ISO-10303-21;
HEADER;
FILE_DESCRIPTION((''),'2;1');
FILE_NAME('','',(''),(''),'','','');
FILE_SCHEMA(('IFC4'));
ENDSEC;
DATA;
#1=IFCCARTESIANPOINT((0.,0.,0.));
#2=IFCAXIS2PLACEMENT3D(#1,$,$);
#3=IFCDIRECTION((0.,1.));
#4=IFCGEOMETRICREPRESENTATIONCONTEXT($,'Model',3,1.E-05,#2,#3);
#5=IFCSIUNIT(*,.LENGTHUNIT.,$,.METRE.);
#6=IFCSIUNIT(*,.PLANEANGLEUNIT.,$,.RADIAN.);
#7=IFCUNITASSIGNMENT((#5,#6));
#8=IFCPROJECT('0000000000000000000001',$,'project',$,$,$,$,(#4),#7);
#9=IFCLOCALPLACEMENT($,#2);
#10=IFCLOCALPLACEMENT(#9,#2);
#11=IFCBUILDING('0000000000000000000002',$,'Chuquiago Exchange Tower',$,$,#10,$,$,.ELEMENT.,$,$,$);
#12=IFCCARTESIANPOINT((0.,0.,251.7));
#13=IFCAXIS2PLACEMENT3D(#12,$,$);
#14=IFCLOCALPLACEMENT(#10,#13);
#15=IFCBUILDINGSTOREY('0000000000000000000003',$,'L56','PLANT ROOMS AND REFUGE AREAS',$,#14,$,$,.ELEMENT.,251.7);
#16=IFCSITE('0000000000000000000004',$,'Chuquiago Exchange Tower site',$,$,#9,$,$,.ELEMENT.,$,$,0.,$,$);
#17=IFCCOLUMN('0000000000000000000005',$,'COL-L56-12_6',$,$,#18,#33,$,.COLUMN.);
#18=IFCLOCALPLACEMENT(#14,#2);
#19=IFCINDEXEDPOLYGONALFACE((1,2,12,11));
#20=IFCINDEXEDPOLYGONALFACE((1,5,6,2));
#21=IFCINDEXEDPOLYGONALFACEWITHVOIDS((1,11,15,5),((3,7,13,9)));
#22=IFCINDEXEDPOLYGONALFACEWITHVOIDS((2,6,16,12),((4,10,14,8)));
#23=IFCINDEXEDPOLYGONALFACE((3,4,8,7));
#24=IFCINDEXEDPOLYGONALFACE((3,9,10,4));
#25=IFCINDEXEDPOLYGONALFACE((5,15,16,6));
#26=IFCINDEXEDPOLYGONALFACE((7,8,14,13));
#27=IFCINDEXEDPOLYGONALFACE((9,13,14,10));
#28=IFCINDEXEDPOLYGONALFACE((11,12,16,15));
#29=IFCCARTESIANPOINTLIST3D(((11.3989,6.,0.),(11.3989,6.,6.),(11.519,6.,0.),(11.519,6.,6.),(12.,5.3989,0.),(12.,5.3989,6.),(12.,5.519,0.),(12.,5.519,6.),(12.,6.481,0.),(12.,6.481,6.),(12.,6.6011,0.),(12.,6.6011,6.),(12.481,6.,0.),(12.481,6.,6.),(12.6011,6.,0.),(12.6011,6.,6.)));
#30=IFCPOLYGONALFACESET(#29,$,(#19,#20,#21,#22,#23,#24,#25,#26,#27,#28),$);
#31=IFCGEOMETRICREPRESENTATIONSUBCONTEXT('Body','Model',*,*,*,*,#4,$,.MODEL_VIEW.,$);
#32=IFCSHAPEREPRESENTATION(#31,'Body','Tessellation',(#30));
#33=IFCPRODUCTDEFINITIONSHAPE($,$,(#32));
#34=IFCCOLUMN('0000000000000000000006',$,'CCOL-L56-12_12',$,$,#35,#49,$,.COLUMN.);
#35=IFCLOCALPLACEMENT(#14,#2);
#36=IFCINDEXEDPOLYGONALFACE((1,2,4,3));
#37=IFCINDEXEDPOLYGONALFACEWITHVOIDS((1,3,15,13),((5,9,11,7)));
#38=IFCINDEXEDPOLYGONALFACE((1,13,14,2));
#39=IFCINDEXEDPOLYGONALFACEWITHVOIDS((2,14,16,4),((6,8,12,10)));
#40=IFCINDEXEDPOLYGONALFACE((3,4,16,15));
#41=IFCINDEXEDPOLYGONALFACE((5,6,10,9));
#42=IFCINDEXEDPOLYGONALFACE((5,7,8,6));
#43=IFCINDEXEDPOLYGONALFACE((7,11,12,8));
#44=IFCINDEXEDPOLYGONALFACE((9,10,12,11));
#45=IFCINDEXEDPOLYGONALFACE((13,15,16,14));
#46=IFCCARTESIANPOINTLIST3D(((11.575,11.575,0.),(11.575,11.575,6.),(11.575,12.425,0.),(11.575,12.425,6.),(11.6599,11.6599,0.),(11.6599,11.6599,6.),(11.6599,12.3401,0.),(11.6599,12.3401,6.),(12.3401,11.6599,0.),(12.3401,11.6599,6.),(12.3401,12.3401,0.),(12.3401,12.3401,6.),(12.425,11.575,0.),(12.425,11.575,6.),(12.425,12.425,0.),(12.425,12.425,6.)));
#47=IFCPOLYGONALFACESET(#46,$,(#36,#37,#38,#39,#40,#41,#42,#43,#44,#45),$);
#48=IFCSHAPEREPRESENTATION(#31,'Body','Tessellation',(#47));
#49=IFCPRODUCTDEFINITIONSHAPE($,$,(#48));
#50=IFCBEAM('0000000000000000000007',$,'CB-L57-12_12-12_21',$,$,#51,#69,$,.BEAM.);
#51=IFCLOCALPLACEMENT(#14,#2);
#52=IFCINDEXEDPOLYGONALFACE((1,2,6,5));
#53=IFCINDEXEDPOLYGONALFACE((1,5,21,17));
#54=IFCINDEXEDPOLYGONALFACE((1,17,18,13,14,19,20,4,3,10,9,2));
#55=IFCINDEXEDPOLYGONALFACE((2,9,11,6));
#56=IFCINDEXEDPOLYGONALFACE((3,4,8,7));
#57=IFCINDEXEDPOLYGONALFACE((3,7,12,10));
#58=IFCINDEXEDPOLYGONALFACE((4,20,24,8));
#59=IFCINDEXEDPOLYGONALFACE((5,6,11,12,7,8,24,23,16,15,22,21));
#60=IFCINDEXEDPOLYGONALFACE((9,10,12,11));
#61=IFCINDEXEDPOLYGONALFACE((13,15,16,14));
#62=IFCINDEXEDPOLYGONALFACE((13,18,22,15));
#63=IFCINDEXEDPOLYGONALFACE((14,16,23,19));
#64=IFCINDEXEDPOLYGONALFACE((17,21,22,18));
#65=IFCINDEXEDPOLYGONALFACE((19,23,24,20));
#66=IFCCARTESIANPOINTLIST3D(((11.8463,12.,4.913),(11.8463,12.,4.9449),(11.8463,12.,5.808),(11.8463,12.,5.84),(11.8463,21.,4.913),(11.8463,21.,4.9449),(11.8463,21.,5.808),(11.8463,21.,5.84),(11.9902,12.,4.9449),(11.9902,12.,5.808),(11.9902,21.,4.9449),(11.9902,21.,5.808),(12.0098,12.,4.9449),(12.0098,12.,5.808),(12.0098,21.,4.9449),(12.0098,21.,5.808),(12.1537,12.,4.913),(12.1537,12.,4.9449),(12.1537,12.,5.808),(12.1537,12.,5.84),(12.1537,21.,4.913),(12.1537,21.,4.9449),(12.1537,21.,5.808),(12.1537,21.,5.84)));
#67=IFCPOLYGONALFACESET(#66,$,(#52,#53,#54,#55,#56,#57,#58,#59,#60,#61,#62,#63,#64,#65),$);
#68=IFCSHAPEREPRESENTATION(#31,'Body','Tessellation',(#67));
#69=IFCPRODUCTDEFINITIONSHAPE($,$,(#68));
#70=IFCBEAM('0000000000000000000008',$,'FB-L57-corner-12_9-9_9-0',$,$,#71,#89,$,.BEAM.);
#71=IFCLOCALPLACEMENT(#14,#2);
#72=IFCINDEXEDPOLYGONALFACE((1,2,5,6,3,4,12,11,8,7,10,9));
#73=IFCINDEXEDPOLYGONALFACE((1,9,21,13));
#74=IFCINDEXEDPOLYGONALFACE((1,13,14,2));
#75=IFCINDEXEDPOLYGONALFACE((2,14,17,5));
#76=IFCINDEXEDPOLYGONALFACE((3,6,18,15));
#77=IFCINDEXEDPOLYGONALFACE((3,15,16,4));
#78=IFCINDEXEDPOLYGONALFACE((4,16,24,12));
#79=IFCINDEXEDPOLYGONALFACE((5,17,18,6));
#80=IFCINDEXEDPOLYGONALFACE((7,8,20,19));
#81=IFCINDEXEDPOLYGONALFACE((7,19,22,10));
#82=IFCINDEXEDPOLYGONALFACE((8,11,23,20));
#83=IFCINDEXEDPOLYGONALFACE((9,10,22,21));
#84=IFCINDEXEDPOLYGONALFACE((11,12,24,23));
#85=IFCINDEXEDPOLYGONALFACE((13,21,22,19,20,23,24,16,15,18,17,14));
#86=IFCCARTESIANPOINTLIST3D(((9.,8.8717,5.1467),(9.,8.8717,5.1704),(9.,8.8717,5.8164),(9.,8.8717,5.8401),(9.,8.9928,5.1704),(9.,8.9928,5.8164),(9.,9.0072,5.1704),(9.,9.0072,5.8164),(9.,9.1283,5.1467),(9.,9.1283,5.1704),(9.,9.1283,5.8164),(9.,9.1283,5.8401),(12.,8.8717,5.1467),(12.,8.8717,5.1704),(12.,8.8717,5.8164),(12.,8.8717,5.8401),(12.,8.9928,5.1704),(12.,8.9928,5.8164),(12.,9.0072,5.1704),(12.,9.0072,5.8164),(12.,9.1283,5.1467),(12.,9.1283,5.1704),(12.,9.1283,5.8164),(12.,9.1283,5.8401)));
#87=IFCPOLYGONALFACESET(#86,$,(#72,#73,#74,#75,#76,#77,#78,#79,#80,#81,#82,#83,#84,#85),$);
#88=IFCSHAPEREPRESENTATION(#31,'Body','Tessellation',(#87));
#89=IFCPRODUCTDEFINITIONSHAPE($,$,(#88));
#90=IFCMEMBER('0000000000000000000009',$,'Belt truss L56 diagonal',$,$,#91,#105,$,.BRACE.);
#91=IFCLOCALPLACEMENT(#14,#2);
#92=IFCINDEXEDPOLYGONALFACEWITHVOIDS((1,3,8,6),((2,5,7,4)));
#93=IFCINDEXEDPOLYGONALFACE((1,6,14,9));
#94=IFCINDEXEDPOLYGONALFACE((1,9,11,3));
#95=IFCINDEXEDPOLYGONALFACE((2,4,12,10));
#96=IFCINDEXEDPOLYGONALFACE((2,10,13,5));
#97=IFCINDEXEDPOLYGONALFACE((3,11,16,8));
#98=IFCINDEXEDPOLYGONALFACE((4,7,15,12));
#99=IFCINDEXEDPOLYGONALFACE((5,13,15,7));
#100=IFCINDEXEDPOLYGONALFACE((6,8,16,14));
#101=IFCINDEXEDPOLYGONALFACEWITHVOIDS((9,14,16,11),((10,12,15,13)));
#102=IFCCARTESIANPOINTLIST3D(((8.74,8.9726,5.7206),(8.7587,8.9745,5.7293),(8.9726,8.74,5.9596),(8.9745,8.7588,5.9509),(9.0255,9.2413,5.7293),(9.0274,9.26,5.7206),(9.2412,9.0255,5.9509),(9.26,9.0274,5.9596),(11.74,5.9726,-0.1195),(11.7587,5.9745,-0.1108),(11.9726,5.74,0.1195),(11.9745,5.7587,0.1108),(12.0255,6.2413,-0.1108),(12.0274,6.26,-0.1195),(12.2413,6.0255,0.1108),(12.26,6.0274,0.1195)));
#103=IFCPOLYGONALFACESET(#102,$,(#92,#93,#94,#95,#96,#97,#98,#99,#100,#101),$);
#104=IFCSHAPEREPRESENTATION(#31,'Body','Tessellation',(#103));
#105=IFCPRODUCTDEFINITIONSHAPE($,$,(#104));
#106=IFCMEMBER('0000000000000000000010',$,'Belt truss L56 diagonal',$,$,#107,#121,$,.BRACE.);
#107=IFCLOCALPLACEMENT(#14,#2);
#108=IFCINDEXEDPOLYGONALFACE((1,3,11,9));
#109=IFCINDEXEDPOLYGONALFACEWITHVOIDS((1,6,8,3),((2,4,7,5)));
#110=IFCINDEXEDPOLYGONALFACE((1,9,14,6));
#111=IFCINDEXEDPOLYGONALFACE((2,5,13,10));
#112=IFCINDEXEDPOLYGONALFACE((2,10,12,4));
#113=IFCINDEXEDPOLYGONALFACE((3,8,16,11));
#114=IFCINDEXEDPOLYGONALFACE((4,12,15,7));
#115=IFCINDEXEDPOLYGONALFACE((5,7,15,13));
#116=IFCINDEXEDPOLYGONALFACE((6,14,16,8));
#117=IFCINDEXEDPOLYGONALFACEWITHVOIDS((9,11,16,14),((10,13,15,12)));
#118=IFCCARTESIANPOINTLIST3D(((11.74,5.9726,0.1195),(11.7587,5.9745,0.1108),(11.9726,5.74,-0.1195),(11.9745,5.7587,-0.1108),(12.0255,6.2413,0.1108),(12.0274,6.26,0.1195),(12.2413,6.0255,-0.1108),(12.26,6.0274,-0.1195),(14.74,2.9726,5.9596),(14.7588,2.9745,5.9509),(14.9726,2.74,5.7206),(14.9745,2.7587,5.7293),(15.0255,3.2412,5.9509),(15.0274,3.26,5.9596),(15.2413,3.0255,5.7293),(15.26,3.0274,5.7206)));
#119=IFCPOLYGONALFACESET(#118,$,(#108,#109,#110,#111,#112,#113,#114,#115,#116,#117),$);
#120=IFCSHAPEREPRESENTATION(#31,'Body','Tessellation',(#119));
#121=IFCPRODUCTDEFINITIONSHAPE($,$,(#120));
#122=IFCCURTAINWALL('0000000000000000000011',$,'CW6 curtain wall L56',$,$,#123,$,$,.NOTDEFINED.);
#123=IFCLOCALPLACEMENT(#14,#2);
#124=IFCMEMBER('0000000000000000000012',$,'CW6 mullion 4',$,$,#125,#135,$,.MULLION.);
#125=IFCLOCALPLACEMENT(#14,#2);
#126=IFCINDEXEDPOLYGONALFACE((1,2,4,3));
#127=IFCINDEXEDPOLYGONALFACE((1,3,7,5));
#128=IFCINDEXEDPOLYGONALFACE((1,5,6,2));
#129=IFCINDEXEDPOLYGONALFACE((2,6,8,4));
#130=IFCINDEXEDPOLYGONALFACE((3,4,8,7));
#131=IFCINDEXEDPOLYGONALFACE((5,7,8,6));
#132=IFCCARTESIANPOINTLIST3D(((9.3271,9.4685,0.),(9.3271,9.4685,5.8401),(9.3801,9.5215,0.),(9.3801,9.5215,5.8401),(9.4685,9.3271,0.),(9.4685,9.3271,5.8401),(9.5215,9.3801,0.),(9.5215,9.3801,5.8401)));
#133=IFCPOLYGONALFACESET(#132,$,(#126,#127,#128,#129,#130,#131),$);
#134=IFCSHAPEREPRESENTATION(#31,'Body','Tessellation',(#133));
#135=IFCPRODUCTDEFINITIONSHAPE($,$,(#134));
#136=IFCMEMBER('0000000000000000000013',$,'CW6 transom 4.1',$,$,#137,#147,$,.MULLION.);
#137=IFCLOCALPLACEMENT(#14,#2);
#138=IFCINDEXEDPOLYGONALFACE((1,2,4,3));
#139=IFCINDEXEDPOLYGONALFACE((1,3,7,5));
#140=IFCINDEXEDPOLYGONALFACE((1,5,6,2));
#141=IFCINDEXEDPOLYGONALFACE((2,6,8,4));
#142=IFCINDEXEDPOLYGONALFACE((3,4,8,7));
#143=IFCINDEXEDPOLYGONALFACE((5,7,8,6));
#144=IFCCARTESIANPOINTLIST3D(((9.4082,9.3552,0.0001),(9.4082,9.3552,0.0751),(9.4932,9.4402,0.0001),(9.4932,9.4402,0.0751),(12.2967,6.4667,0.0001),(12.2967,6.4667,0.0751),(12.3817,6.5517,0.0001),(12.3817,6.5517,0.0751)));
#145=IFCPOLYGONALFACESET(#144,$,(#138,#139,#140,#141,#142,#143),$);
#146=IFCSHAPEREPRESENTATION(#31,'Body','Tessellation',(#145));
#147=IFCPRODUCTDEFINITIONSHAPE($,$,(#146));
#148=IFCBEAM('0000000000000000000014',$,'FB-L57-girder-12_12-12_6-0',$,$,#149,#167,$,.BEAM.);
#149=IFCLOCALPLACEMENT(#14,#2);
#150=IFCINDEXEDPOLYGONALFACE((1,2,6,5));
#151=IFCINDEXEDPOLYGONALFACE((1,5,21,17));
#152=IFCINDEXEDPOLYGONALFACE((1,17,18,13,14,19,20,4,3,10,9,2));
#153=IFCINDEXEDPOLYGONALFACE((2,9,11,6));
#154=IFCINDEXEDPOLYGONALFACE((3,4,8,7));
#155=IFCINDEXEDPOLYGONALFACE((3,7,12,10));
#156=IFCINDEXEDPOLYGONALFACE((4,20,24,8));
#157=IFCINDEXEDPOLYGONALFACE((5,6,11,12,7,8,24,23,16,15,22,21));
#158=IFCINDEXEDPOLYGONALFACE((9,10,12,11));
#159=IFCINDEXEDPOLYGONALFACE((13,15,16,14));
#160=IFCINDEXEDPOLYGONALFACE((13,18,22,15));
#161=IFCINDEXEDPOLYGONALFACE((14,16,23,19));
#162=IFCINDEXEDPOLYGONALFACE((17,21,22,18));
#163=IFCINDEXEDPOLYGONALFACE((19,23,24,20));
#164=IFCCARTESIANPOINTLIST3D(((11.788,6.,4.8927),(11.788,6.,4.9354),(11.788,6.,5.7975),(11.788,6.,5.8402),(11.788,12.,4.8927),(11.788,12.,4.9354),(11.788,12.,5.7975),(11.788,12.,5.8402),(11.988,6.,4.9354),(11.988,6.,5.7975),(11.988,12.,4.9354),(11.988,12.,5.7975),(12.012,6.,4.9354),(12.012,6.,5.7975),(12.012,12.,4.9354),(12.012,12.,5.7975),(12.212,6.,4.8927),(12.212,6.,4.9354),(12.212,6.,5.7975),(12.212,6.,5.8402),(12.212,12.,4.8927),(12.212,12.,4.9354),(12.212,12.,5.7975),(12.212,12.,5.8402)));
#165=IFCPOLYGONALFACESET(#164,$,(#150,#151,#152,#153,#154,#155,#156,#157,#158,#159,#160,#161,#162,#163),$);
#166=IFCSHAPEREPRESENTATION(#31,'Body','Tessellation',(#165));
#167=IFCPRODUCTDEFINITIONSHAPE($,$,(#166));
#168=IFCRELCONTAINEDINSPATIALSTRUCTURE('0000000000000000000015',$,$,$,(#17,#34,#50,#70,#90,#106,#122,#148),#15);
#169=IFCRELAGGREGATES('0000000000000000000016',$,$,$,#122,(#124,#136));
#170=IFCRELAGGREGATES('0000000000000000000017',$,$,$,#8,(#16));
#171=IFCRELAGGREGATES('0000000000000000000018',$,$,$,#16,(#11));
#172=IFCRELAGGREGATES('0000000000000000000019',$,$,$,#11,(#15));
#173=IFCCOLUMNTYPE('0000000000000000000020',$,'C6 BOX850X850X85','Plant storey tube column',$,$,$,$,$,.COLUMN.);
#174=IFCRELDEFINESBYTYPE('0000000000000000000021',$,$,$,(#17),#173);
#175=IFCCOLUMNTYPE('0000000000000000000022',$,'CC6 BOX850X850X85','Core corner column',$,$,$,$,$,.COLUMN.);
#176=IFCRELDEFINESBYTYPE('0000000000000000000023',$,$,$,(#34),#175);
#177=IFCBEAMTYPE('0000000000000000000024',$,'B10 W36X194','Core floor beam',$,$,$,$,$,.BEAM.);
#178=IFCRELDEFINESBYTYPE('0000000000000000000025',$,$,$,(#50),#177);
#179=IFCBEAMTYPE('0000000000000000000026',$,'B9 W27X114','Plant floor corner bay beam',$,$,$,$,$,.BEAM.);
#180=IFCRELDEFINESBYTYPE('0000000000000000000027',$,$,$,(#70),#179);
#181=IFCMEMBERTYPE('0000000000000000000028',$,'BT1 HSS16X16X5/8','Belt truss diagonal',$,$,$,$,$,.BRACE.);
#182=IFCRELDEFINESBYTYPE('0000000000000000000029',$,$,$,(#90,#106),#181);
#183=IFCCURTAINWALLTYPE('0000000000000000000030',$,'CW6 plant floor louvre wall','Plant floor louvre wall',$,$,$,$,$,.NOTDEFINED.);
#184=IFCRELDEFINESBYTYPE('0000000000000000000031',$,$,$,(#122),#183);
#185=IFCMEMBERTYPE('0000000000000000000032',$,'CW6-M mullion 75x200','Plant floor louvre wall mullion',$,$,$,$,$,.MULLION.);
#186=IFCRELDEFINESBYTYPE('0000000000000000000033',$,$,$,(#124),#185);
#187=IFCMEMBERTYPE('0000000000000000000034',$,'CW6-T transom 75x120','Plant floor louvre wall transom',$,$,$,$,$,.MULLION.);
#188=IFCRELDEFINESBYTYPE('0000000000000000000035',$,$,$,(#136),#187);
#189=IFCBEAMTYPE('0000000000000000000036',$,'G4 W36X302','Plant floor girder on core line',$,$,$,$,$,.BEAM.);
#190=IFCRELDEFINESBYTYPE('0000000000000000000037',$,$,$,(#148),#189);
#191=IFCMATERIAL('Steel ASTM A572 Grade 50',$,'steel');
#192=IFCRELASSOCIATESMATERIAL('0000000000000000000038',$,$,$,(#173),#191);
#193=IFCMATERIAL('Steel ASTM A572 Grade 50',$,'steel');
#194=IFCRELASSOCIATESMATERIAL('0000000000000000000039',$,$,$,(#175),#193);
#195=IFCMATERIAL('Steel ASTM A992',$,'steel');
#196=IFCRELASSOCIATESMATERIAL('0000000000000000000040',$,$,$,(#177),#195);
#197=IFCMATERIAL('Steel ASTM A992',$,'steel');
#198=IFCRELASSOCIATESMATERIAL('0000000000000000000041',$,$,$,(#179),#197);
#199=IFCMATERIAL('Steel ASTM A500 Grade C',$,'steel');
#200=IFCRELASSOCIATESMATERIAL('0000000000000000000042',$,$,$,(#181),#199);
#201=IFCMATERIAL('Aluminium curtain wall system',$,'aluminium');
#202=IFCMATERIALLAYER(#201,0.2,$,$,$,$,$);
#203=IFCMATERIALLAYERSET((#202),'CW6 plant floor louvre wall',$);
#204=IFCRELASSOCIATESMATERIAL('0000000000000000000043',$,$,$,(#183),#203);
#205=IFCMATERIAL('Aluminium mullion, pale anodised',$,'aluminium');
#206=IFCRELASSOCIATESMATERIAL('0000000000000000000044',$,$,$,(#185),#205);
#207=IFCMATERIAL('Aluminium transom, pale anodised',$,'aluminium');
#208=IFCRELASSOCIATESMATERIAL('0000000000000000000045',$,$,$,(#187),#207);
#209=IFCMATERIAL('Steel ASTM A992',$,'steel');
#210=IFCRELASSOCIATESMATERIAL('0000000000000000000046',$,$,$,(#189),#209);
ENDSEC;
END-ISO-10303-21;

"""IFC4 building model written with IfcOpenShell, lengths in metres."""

from ifc_helpers import new_model, si_unit, direction, frame, origin, origin_2d, place, context, subcontext, project, spatial, rectangle, hollow_rectangle, i_section, extrude, material, layer, layer_set, material_profile, profile_set, type_object, element, aggregate, save


model = new_model("IFC4")

# Units and contexts
model_context = context("Model", 3, precision=1e-05, world=origin(), true_north=direction((0.0, 1.0)))
body_context = subcontext(model_context, "Body", "Model", "MODEL_VIEW")
ifc_project = project(units=[si_unit("LENGTHUNIT", "METRE"), si_unit("PLANEANGLEUNIT", "RADIAN")], contexts=[model_context])

# Site, building, storey
site_placement = place(None, origin())
site = spatial("IfcSite", under=ifc_project, at=site_placement, Name="Chuquiago Exchange Tower site", CompositionType="ELEMENT", RefElevation=0.0)
building_placement = place(site_placement, origin())
building = spatial("IfcBuilding", under=site, at=building_placement, Name="Chuquiago Exchange Tower", CompositionType="ELEMENT")
storey_placement = place(building_placement, frame((0.0, 0.0, 251.7)))
storey = spatial("IfcBuildingStorey", under=building, at=storey_placement, Name="L56", Description="PLANT ROOMS AND REFUGE AREAS", CompositionType="ELEMENT", Elevation=251.7)

# Columns
ifc_material_1 = material(Name="Steel ASTM A572 Grade 50", Category="steel")
ifc_material_profile_1 = material_profile(ifc_material_1, hollow_rectangle(XDim=0.8501, YDim=0.8501, WallThickness=0.085, at=origin_2d()), Name="BOX850X850X85")
ifc_profile_set_1 = profile_set([ifc_material_profile_1], Name="Steel ASTM A572 Grade 50")
column_type_1 = type_object("IfcColumnType", Name="C6 BOX850X850X85", Description="Plant storey tube column", PredefinedType="COLUMN", material=ifc_profile_set_1)
column_1_placement = place(storey_placement, frame((12.0, 6.0, 0.0), z_axis=(0.0, 0.0, 1.0), x_axis=(-0.707107, -0.707107, 0.0)))
element("IfcColumn", 1, at=column_1_placement, inside=storey, type_object=column_type_1, Name="COL-L56-12_6", PredefinedType="COLUMN", context=body_context, shape_type="SweptSolid", body=[
    extrude(hollow_rectangle(XDim=0.8501, YDim=0.8501, WallThickness=0.085, at=origin_2d()), origin(), (0.0, 0.0, 1.0), 6.0),
])
ifc_material_2 = material(Name="Steel ASTM A572 Grade 50", Category="steel")
ifc_material_profile_2 = material_profile(ifc_material_2, hollow_rectangle(XDim=0.8501, YDim=0.8501, WallThickness=0.085, at=origin_2d()), Name="BOX850X850X85")
ifc_profile_set_2 = profile_set([ifc_material_profile_2], Name="Steel ASTM A572 Grade 50")
column_type_2 = type_object("IfcColumnType", Name="CC6 BOX850X850X85", Description="Core corner column", PredefinedType="COLUMN", material=ifc_profile_set_2)
column_2_placement = place(storey_placement, frame((12.0, 12.0, 0.0), z_axis=(0.0, 0.0, 1.0), x_axis=(1.0, 0.0, 0.0)))
element("IfcColumn", 2, at=column_2_placement, inside=storey, type_object=column_type_2, Name="CCOL-L56-12_12", PredefinedType="COLUMN", context=body_context, shape_type="SweptSolid", body=[
    extrude(hollow_rectangle(XDim=0.8501, YDim=0.8501, WallThickness=0.085, at=origin_2d()), origin(), (0.0, 0.0, 1.0), 6.0),
])

# Beams
ifc_material_3 = material(Name="Steel ASTM A992", Category="steel")
ifc_material_profile_3 = material_profile(ifc_material_3, i_section(OverallWidth=0.3074, OverallDepth=0.927, WebThickness=0.0195, FlangeThickness=0.032, at=origin_2d()), Name="W36X194")
ifc_profile_set_3 = profile_set([ifc_material_profile_3], Name="Steel ASTM A992")
beam_type_1 = type_object("IfcBeamType", Name="B10 W36X194", Description="Core floor beam", PredefinedType="BEAM", material=ifc_profile_set_3)
beam_1_placement = place(storey_placement, frame((12.0, 12.0, 5.3765), z_axis=(0.0, 1.0, 0.0), x_axis=(-1.0, 0.0, 0.0)))
element("IfcBeam", 3, at=beam_1_placement, inside=storey, type_object=beam_type_1, Name="CB-L57-12_12-12_21", PredefinedType="BEAM", context=body_context, shape_type="SweptSolid", body=[
    extrude(i_section(OverallWidth=0.3074, OverallDepth=0.927, WebThickness=0.0195, FlangeThickness=0.032, at=origin_2d()), origin(), (0.0, 0.0, 1.0), 9.0),
])
ifc_material_4 = material(Name="Steel ASTM A992", Category="steel")
ifc_material_profile_4 = material_profile(ifc_material_4, i_section(OverallWidth=0.2566, OverallDepth=0.6934, WebThickness=0.0144, FlangeThickness=0.0237, at=origin_2d()), Name="W27X114")
ifc_profile_set_4 = profile_set([ifc_material_profile_4], Name="Steel ASTM A992")
beam_type_2 = type_object("IfcBeamType", Name="B9 W27X114", Description="Plant floor corner bay beam", PredefinedType="BEAM", material=ifc_profile_set_4)
beam_2_placement = place(storey_placement, frame((12.0, 9.0, 5.4934), z_axis=(-1.0, 0.0, 0.0), x_axis=(0.0, -1.0, 0.0)))
element("IfcBeam", 4, at=beam_2_placement, inside=storey, type_object=beam_type_2, Name="FB-L57-corner-12_9-9_9-0", PredefinedType="BEAM", context=body_context, shape_type="SweptSolid", body=[
    extrude(i_section(OverallWidth=0.2566, OverallDepth=0.6934, WebThickness=0.0144, FlangeThickness=0.0237, at=origin_2d()), origin(), (0.0, 0.0, 1.0), 3.0),
])

# Members
ifc_material_5 = material(Name="Steel ASTM A500 Grade C", Category="steel")
ifc_material_profile_5 = material_profile(ifc_material_5, hollow_rectangle(XDim=0.4065, YDim=0.4065, WallThickness=0.0146, at=origin_2d()), Name="HSS16X16X5/8")
ifc_profile_set_5 = profile_set([ifc_material_profile_5], Name="Steel ASTM A500 Grade C")
member_type_1 = type_object("IfcMemberType", Name="BT1 HSS16X16X5/8", Description="Belt truss diagonal", PredefinedType="BRACE", material=ifc_profile_set_5)
for number, where, z_axis, x_axis, name in (
    (5, (12.0, 6.0, 0.0), (-0.415599, 0.415599, 0.809045), (-0.707107, -0.707107, 0.0), "Belt truss L56 diagonal"),
    (6, (12.0, 6.0, 0.0), (0.415599, -0.415599, 0.809045), (0.707107, 0.707107, 0.0), "Belt truss L56 diagonal"),
):
    element("IfcMember", number, at=place(storey_placement, frame(where, z_axis=z_axis, x_axis=x_axis)), inside=storey, type_object=member_type_1, Name=name, PredefinedType="BRACE", context=body_context, shape_type="SweptSolid", body=[
        extrude(hollow_rectangle(XDim=0.4065, YDim=0.4065, WallThickness=0.0146, at=origin_2d()), origin(), (0.0, 0.0, 1.0), 7.2185),
    ])

# Curtain wall, members
ifc_material_6 = material(Name="Aluminium curtain wall system", Category="aluminium")
ifc_layer_1 = layer(ifc_material_6, 0.2)
ifc_layer_set_1 = layer_set([ifc_layer_1], Name="CW6 plant floor louvre wall")
curtain_wall_type = type_object("IfcCurtainWallType", Name="CW6 plant floor louvre wall", Description="Plant floor louvre wall", PredefinedType="NOTDEFINED", material=ifc_layer_set_1)
curtain_wall_placement = place(storey_placement, origin())
curtain_wall = element("IfcCurtainWall", 7, at=curtain_wall_placement, inside=storey, type_object=curtain_wall_type, Name="CW6 curtain wall L56", PredefinedType="NOTDEFINED")
ifc_material_7 = material(Name="Aluminium mullion, pale anodised", Category="aluminium")
ifc_material_profile_6 = material_profile(ifc_material_7, rectangle(XDim=0.075, YDim=0.2, at=origin_2d()), Name="AL 75x200")
ifc_profile_set_6 = profile_set([ifc_material_profile_6], Name="Aluminium mullion, pale anodised")
member_type_2 = type_object("IfcMemberType", Name="CW6-M mullion 75x200", Description="Plant floor louvre wall mullion", PredefinedType="MULLION", material=ifc_profile_set_6)
member_1_placement = place(storey_placement, frame((9.4243, 9.4243, 0.0), z_axis=(0.0, 0.0, 1.0), x_axis=(0.707107, 0.707107, 0.0)))
member_1 = element("IfcMember", 8, at=member_1_placement, type_object=member_type_2, Name="CW6 mullion 4", PredefinedType="MULLION", context=body_context, shape_type="SweptSolid", body=[
    extrude(rectangle(XDim=0.075, YDim=0.2, at=origin_2d()), origin(), (0.0, 0.0, 1.0), 5.8401),
])
ifc_material_8 = material(Name="Aluminium transom, pale anodised", Category="aluminium")
ifc_material_profile_7 = material_profile(ifc_material_8, rectangle(XDim=0.1201, YDim=0.075, at=origin_2d()), Name="AL 120x75")
ifc_profile_set_7 = profile_set([ifc_material_profile_7], Name="Aluminium transom, pale anodised")
member_type_3 = type_object("IfcMemberType", Name="CW6-T transom 75x120", Description="Plant floor louvre wall transom", PredefinedType="MULLION", material=ifc_profile_set_7)
member_2_placement = place(storey_placement, frame((9.4507, 9.3977, 0.0376), z_axis=(0.707107, -0.707107, 0.0), x_axis=(0.707107, 0.707107, 0.0)))
member_2 = element("IfcMember", 9, at=member_2_placement, type_object=member_type_3, Name="CW6 transom 4.1", PredefinedType="MULLION", context=body_context, shape_type="SweptSolid", body=[
    extrude(rectangle(XDim=0.1201, YDim=0.075, at=origin_2d()), origin(), (0.0, 0.0, 1.0), 4.085),
])

# Beam
ifc_material_9 = material(Name="Steel ASTM A992", Category="steel")
ifc_material_profile_8 = material_profile(ifc_material_9, i_section(OverallWidth=0.4241, OverallDepth=0.9475, WebThickness=0.0239, FlangeThickness=0.0427, at=origin_2d()), Name="W36X302")
ifc_profile_set_8 = profile_set([ifc_material_profile_8], Name="Steel ASTM A992")
beam_type_3 = type_object("IfcBeamType", Name="G4 W36X302", Description="Plant floor girder on core line", PredefinedType="BEAM", material=ifc_profile_set_8)
for number, where, z_axis, x_axis, name in (
    (10, (12.0, 12.0, 5.3665), (0.0, -1.0, 0.0), (1.0, 0.0, 0.0), "FB-L57-girder-12_12-12_6-0"),
):
    element("IfcBeam", number, at=place(storey_placement, frame(where, z_axis=z_axis, x_axis=x_axis)), inside=storey, type_object=beam_type_3, Name=name, PredefinedType="BEAM", context=body_context, shape_type="SweptSolid", body=[
        extrude(i_section(OverallWidth=0.4241, OverallDepth=0.9475, WebThickness=0.0239, FlangeThickness=0.0427, at=origin_2d()), origin(), (0.0, 0.0, 1.0), 6.0),
    ])

aggregate(curtain_wall, [member_1, member_2])

save(model, "model.ifc")
